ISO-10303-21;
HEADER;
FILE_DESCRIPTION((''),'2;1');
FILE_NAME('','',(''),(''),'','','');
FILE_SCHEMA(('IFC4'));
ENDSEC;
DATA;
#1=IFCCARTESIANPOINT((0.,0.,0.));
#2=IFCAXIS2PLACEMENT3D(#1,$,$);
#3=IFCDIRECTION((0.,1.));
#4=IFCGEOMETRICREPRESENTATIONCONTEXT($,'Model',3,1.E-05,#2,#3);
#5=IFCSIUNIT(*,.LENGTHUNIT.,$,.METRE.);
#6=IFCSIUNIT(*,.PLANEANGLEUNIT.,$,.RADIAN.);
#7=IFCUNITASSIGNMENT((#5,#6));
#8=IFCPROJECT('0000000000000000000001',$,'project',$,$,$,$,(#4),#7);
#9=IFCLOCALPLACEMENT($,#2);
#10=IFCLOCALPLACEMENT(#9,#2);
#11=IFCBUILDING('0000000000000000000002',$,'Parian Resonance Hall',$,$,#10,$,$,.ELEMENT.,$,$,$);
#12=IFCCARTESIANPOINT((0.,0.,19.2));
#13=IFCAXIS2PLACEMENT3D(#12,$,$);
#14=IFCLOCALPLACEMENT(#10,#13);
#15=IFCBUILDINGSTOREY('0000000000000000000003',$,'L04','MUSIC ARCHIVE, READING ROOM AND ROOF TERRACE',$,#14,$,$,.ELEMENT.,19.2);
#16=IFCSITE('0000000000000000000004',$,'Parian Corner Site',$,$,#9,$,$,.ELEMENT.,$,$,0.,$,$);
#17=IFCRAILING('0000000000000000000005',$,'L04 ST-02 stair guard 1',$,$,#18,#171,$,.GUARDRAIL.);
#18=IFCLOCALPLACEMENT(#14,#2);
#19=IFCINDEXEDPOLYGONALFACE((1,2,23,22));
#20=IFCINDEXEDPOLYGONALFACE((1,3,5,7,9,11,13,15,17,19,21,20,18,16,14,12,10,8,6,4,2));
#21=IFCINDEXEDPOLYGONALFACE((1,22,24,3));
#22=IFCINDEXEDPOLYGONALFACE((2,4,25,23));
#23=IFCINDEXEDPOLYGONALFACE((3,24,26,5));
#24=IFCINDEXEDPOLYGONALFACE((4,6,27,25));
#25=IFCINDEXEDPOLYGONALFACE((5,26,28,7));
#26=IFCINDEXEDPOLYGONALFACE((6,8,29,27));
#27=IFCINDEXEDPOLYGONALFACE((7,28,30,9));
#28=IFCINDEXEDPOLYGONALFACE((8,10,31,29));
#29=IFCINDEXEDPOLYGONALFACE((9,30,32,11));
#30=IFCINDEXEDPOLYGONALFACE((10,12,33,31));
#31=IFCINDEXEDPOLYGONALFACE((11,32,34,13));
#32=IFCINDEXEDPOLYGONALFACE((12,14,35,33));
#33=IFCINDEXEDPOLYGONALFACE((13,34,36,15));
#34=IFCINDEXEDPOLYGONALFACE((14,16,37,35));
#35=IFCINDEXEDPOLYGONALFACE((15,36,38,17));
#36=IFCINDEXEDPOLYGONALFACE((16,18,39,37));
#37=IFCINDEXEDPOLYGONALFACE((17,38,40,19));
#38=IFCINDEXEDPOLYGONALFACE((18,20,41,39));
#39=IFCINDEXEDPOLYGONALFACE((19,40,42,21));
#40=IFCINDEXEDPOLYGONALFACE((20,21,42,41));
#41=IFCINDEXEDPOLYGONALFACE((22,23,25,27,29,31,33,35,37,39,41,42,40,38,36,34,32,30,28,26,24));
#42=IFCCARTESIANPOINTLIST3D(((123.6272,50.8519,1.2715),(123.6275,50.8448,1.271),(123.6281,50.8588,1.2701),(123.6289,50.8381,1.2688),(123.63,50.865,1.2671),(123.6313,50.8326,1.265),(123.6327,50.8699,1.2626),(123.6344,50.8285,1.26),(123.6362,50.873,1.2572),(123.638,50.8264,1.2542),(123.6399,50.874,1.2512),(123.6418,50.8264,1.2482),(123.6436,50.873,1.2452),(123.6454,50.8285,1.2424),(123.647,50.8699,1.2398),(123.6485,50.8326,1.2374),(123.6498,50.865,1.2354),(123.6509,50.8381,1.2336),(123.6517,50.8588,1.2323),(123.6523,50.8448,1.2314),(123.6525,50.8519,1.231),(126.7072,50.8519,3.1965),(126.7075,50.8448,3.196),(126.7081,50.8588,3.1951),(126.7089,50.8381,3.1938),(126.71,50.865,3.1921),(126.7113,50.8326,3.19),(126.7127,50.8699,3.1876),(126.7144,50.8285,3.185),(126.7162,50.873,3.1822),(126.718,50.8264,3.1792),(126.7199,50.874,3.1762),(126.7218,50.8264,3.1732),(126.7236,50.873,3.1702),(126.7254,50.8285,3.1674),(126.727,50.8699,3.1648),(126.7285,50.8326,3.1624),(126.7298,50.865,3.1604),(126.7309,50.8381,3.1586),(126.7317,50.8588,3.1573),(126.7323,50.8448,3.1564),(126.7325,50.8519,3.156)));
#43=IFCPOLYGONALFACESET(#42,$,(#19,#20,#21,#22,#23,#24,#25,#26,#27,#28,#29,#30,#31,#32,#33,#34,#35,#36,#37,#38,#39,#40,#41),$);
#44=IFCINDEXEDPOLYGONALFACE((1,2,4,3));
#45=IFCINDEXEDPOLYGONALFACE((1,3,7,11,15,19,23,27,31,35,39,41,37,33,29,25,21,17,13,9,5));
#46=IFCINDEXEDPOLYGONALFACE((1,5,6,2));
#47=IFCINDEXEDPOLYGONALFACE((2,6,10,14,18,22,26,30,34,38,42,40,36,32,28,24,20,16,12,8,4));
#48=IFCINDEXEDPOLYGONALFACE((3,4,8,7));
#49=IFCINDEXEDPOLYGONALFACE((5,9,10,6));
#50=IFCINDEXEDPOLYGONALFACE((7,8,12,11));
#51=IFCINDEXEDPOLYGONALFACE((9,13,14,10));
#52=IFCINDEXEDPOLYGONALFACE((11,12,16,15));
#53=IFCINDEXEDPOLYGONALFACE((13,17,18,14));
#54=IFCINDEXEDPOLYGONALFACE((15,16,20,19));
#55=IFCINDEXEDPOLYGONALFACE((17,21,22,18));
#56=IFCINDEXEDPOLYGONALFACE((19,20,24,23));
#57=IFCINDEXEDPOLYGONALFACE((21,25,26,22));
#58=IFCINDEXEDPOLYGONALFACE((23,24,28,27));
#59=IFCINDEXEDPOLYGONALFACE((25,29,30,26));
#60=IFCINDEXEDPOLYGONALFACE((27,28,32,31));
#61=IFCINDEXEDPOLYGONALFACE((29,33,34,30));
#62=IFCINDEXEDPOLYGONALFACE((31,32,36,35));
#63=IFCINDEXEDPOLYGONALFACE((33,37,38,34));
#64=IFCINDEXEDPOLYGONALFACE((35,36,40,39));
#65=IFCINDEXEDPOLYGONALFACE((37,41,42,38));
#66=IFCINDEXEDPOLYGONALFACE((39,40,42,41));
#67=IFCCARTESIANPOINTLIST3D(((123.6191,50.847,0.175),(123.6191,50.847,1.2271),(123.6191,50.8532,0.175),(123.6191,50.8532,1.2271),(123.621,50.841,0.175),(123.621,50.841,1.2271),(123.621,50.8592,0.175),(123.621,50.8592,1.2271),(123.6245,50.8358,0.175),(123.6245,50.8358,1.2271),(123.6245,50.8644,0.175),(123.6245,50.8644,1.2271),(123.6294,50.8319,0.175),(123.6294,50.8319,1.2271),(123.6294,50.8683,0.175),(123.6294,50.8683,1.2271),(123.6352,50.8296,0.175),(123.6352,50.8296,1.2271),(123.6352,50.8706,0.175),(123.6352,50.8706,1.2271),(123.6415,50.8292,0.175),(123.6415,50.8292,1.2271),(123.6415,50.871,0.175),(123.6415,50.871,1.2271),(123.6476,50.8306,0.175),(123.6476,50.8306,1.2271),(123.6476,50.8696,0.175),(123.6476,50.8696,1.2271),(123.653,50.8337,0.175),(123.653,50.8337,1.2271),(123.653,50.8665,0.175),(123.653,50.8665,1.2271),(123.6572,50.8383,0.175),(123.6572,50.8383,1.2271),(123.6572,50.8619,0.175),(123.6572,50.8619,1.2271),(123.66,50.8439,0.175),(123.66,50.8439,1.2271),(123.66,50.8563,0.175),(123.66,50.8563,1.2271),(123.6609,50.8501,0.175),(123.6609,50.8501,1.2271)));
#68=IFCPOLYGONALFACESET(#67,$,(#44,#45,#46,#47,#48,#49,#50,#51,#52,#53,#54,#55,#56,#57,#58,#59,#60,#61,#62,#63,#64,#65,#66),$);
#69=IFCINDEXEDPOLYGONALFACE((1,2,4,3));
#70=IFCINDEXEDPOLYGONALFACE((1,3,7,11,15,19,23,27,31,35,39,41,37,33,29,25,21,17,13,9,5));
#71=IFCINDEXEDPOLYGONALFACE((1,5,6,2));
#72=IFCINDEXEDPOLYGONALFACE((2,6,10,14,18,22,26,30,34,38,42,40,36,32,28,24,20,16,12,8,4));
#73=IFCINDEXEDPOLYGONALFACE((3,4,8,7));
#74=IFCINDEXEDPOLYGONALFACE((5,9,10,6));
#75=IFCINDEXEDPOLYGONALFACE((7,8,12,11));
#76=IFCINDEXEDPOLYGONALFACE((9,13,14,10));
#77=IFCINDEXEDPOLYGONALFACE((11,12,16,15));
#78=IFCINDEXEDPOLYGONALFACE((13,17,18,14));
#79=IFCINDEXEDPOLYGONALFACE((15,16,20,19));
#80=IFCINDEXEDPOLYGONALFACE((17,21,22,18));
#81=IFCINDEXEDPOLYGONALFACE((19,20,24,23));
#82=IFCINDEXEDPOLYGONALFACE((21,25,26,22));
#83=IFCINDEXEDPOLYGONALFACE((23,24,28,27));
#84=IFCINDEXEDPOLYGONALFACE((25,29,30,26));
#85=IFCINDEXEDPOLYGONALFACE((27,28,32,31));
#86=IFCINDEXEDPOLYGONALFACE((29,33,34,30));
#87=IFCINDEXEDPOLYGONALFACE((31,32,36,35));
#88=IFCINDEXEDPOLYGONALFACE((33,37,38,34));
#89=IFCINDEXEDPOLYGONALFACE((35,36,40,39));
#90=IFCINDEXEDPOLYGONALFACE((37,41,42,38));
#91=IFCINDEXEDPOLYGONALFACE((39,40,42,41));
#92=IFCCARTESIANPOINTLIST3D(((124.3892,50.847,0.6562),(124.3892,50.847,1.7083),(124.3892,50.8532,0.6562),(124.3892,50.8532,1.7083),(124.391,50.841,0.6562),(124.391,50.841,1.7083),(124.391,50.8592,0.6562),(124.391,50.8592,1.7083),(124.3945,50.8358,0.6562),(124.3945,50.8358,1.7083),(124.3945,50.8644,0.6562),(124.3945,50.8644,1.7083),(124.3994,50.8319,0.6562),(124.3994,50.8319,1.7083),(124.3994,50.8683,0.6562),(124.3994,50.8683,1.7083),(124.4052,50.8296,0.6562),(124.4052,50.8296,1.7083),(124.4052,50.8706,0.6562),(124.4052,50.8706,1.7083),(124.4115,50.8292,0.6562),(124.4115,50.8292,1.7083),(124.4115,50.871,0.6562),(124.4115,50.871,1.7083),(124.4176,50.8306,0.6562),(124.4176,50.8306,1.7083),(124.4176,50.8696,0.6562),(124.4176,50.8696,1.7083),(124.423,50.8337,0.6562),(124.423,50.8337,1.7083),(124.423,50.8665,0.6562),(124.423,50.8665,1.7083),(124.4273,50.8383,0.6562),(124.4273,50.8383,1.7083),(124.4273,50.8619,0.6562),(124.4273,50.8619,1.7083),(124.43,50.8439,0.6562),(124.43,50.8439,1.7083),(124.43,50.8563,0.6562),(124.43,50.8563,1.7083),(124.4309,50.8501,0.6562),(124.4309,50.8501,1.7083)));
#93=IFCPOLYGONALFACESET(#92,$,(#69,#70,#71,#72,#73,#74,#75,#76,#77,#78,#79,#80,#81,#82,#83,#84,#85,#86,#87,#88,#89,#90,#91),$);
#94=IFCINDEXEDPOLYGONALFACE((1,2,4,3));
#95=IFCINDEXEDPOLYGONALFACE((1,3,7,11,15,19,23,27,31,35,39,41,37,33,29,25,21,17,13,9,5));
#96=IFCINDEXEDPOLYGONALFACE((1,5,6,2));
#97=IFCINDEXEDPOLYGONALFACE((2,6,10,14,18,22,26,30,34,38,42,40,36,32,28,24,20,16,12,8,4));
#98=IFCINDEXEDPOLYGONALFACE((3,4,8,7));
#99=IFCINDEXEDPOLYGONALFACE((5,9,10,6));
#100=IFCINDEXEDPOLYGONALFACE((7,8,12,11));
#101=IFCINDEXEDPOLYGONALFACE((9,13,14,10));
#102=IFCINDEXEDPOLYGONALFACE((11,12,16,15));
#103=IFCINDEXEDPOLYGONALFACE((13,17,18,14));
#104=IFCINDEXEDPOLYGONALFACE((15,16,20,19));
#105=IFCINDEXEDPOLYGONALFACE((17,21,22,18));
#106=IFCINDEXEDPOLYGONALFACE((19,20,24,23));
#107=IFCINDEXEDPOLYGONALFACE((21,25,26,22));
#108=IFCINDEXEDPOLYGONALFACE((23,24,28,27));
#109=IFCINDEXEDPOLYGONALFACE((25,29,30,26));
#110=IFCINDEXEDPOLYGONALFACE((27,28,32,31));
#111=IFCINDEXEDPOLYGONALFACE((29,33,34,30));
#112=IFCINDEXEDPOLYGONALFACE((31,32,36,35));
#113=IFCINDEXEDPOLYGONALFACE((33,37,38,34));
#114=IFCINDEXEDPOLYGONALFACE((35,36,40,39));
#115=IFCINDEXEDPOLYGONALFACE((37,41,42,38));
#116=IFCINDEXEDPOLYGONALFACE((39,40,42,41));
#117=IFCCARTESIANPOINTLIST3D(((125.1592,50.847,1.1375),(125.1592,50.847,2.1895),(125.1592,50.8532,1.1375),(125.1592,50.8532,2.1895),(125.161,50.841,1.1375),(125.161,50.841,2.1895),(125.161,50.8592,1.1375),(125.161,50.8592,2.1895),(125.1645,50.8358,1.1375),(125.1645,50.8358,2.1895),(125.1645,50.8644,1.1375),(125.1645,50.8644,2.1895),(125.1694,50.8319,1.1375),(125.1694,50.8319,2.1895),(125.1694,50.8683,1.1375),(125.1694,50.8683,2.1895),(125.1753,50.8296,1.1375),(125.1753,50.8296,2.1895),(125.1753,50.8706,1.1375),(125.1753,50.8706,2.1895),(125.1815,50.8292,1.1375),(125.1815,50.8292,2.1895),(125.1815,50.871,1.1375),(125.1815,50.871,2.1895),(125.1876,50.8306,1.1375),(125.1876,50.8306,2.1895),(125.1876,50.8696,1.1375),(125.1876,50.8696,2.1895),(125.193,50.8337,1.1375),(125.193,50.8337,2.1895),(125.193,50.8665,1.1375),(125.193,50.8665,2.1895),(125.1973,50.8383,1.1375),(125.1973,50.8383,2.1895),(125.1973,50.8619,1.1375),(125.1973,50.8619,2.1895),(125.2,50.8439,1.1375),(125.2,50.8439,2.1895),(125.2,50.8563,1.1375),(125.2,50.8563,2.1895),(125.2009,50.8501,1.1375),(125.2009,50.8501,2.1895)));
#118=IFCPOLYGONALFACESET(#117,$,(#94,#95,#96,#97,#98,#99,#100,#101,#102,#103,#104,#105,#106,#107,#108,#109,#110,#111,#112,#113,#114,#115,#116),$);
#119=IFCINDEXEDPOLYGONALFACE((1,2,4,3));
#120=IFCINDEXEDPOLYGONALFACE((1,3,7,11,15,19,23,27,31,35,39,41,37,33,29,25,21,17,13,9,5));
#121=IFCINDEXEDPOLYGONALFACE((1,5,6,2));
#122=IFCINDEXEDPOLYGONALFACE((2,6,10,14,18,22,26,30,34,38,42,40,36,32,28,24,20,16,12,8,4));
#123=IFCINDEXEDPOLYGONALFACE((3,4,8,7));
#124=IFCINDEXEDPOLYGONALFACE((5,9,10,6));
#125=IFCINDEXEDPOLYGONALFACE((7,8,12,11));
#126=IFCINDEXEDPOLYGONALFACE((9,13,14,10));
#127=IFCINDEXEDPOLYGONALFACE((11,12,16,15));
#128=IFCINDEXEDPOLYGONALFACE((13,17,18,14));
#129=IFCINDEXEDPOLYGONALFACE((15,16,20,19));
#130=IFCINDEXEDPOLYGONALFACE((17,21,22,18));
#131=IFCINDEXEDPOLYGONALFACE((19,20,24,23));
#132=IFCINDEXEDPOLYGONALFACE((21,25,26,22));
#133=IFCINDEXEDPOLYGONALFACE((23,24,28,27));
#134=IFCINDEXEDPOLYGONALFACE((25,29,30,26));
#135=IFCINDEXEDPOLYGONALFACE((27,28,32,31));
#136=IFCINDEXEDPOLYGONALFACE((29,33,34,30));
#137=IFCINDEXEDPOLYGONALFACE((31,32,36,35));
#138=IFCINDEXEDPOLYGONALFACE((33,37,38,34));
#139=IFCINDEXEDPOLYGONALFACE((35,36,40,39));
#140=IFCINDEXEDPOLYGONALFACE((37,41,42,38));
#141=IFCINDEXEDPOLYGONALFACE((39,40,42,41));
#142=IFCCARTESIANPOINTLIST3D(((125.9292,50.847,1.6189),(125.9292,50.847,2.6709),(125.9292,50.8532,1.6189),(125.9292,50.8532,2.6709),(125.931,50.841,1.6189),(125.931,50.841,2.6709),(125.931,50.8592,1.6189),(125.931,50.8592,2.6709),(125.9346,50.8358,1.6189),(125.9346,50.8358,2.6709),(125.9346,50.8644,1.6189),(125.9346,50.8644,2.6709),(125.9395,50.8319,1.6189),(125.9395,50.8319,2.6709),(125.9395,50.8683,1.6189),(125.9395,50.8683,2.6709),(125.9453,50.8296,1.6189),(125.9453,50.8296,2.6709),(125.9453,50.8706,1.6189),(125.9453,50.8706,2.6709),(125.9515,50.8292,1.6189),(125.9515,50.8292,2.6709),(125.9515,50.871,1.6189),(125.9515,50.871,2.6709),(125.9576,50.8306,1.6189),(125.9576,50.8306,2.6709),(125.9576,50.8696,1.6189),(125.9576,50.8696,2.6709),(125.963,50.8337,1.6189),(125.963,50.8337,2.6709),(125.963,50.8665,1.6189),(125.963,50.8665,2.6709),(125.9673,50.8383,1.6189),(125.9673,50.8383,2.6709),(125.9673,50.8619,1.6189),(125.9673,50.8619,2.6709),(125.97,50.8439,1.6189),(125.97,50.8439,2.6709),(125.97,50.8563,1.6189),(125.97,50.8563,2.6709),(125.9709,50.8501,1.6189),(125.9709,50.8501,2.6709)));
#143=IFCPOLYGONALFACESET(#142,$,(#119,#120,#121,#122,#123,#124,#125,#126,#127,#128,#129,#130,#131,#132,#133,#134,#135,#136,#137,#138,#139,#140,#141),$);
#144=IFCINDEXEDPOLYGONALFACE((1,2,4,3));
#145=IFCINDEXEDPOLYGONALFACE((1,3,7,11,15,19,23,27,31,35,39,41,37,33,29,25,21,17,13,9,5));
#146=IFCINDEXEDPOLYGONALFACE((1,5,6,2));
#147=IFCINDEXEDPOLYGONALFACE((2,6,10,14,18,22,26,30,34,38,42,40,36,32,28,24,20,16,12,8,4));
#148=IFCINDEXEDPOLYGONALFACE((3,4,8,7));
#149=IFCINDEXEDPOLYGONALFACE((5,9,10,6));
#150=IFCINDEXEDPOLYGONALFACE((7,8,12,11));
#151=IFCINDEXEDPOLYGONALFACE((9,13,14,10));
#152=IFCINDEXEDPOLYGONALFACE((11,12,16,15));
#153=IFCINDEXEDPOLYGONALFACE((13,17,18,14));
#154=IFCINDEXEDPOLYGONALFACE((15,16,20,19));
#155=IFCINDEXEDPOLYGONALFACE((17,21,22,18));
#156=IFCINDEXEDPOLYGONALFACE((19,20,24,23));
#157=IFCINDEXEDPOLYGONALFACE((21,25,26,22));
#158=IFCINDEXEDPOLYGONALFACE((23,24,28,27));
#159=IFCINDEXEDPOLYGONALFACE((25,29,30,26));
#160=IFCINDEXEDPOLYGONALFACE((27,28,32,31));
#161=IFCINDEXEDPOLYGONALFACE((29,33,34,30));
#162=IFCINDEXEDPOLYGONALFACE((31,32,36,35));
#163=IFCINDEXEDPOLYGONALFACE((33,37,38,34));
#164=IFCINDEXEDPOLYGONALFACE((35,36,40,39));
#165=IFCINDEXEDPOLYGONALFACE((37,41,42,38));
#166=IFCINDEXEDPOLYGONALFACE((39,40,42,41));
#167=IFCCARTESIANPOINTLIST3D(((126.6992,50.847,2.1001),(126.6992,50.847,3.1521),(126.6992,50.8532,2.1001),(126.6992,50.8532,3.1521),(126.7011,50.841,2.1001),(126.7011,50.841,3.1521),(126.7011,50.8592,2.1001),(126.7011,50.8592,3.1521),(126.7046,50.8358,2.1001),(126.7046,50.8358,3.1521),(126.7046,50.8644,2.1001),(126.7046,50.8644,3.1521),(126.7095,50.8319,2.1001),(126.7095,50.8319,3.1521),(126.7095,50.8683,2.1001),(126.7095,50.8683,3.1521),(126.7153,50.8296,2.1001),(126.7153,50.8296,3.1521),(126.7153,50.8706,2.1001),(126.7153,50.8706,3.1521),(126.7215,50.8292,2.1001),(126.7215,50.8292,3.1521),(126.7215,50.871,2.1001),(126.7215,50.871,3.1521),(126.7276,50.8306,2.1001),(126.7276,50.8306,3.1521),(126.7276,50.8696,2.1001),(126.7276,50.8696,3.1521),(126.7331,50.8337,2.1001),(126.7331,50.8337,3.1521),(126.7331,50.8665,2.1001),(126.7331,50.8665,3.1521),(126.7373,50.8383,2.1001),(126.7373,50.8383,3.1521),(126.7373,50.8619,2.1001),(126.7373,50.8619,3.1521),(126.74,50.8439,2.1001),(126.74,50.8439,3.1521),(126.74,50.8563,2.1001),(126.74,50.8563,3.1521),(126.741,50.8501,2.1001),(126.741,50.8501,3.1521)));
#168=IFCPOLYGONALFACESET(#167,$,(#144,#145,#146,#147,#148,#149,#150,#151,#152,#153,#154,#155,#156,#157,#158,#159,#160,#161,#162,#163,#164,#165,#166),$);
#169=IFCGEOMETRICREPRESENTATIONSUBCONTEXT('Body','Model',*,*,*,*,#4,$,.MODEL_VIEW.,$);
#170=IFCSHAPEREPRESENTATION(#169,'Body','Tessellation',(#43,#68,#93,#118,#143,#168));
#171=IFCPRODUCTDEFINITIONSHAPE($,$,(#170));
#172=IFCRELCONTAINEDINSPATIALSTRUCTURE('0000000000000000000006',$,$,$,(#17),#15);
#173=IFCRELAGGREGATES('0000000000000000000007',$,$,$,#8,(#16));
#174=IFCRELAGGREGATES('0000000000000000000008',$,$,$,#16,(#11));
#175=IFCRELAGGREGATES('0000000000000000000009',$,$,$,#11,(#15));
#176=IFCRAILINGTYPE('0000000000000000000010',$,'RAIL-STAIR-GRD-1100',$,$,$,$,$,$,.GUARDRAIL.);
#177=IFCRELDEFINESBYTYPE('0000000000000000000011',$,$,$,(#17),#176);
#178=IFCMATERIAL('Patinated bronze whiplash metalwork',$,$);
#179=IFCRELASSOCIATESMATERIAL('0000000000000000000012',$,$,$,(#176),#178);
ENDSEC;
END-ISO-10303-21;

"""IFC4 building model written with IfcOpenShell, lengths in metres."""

from ifc_helpers import new_model, si_unit, direction, frame, origin, origin_2d, place, context, subcontext, project, spatial, circle, extrude, material, type_object, element, save


model = new_model("IFC4")

# Units and contexts
model_context = context("Model", 3, precision=1e-05, world=origin(), true_north=direction((0.0, 1.0)))
body_context = subcontext(model_context, "Body", "Model", "MODEL_VIEW")
ifc_project = project(units=[si_unit("LENGTHUNIT", "METRE"), si_unit("PLANEANGLEUNIT", "RADIAN")], contexts=[model_context])

# Site, building, storey
site_placement = place(None, origin())
site = spatial("IfcSite", under=ifc_project, at=site_placement, Name="Parian Corner Site", CompositionType="ELEMENT", RefElevation=0.0)
building_placement = place(site_placement, origin())
building = spatial("IfcBuilding", under=site, at=building_placement, Name="Parian Resonance Hall", CompositionType="ELEMENT")
storey_placement = place(building_placement, frame((0.0, 0.0, 19.2)))
storey = spatial("IfcBuildingStorey", under=building, at=storey_placement, Name="L04", Description="MUSIC ARCHIVE, READING ROOM AND ROOF TERRACE", CompositionType="ELEMENT", Elevation=19.2)

# Railing
ifc_material_1 = material(Name="Patinated bronze whiplash metalwork")
railing_type_1 = type_object("IfcRailingType", Name="RAIL-STAIR-GRD-1100", PredefinedType="GUARDRAIL", material=ifc_material_1)
railing_1_placement = place(storey_placement, frame((123.6399, 50.8501, 0.175)))
element("IfcRailing", 1, at=railing_1_placement, inside=storey, type_object=railing_type_1, Name="L04 ST-02 stair guard 1", PredefinedType="GUARDRAIL", context=body_context, shape_type="SweptSolid", body=[
    extrude(circle(Radius=0.0239, at=origin_2d()), frame((0.0, 0.0, 1.0762), z_axis=(0.847998, 0.0, 0.529999), x_axis=(0.0, 1.0, 0.0)), (0.0, 0.0, 1.0), 3.6321),
    extrude(circle(Radius=0.021, at=origin_2d()), origin(), (0.0, 0.0, 1.0), 1.052),
    extrude(circle(Radius=0.021, at=origin_2d()), frame((0.77, 0.0, 0.4812)), (0.0, 0.0, 1.0), 1.052),
    extrude(circle(Radius=0.021, at=origin_2d()), frame((1.54, 0.0, 0.9624)), (0.0, 0.0, 1.0), 1.052),
    extrude(circle(Radius=0.021, at=origin_2d()), frame((2.3101, 0.0, 1.4438)), (0.0, 0.0, 1.0), 1.052),
    extrude(circle(Radius=0.021, at=origin_2d()), frame((3.0801, 0.0, 1.925)), (0.0, 0.0, 1.0), 1.052),
])

save(model, "model.ifc")
